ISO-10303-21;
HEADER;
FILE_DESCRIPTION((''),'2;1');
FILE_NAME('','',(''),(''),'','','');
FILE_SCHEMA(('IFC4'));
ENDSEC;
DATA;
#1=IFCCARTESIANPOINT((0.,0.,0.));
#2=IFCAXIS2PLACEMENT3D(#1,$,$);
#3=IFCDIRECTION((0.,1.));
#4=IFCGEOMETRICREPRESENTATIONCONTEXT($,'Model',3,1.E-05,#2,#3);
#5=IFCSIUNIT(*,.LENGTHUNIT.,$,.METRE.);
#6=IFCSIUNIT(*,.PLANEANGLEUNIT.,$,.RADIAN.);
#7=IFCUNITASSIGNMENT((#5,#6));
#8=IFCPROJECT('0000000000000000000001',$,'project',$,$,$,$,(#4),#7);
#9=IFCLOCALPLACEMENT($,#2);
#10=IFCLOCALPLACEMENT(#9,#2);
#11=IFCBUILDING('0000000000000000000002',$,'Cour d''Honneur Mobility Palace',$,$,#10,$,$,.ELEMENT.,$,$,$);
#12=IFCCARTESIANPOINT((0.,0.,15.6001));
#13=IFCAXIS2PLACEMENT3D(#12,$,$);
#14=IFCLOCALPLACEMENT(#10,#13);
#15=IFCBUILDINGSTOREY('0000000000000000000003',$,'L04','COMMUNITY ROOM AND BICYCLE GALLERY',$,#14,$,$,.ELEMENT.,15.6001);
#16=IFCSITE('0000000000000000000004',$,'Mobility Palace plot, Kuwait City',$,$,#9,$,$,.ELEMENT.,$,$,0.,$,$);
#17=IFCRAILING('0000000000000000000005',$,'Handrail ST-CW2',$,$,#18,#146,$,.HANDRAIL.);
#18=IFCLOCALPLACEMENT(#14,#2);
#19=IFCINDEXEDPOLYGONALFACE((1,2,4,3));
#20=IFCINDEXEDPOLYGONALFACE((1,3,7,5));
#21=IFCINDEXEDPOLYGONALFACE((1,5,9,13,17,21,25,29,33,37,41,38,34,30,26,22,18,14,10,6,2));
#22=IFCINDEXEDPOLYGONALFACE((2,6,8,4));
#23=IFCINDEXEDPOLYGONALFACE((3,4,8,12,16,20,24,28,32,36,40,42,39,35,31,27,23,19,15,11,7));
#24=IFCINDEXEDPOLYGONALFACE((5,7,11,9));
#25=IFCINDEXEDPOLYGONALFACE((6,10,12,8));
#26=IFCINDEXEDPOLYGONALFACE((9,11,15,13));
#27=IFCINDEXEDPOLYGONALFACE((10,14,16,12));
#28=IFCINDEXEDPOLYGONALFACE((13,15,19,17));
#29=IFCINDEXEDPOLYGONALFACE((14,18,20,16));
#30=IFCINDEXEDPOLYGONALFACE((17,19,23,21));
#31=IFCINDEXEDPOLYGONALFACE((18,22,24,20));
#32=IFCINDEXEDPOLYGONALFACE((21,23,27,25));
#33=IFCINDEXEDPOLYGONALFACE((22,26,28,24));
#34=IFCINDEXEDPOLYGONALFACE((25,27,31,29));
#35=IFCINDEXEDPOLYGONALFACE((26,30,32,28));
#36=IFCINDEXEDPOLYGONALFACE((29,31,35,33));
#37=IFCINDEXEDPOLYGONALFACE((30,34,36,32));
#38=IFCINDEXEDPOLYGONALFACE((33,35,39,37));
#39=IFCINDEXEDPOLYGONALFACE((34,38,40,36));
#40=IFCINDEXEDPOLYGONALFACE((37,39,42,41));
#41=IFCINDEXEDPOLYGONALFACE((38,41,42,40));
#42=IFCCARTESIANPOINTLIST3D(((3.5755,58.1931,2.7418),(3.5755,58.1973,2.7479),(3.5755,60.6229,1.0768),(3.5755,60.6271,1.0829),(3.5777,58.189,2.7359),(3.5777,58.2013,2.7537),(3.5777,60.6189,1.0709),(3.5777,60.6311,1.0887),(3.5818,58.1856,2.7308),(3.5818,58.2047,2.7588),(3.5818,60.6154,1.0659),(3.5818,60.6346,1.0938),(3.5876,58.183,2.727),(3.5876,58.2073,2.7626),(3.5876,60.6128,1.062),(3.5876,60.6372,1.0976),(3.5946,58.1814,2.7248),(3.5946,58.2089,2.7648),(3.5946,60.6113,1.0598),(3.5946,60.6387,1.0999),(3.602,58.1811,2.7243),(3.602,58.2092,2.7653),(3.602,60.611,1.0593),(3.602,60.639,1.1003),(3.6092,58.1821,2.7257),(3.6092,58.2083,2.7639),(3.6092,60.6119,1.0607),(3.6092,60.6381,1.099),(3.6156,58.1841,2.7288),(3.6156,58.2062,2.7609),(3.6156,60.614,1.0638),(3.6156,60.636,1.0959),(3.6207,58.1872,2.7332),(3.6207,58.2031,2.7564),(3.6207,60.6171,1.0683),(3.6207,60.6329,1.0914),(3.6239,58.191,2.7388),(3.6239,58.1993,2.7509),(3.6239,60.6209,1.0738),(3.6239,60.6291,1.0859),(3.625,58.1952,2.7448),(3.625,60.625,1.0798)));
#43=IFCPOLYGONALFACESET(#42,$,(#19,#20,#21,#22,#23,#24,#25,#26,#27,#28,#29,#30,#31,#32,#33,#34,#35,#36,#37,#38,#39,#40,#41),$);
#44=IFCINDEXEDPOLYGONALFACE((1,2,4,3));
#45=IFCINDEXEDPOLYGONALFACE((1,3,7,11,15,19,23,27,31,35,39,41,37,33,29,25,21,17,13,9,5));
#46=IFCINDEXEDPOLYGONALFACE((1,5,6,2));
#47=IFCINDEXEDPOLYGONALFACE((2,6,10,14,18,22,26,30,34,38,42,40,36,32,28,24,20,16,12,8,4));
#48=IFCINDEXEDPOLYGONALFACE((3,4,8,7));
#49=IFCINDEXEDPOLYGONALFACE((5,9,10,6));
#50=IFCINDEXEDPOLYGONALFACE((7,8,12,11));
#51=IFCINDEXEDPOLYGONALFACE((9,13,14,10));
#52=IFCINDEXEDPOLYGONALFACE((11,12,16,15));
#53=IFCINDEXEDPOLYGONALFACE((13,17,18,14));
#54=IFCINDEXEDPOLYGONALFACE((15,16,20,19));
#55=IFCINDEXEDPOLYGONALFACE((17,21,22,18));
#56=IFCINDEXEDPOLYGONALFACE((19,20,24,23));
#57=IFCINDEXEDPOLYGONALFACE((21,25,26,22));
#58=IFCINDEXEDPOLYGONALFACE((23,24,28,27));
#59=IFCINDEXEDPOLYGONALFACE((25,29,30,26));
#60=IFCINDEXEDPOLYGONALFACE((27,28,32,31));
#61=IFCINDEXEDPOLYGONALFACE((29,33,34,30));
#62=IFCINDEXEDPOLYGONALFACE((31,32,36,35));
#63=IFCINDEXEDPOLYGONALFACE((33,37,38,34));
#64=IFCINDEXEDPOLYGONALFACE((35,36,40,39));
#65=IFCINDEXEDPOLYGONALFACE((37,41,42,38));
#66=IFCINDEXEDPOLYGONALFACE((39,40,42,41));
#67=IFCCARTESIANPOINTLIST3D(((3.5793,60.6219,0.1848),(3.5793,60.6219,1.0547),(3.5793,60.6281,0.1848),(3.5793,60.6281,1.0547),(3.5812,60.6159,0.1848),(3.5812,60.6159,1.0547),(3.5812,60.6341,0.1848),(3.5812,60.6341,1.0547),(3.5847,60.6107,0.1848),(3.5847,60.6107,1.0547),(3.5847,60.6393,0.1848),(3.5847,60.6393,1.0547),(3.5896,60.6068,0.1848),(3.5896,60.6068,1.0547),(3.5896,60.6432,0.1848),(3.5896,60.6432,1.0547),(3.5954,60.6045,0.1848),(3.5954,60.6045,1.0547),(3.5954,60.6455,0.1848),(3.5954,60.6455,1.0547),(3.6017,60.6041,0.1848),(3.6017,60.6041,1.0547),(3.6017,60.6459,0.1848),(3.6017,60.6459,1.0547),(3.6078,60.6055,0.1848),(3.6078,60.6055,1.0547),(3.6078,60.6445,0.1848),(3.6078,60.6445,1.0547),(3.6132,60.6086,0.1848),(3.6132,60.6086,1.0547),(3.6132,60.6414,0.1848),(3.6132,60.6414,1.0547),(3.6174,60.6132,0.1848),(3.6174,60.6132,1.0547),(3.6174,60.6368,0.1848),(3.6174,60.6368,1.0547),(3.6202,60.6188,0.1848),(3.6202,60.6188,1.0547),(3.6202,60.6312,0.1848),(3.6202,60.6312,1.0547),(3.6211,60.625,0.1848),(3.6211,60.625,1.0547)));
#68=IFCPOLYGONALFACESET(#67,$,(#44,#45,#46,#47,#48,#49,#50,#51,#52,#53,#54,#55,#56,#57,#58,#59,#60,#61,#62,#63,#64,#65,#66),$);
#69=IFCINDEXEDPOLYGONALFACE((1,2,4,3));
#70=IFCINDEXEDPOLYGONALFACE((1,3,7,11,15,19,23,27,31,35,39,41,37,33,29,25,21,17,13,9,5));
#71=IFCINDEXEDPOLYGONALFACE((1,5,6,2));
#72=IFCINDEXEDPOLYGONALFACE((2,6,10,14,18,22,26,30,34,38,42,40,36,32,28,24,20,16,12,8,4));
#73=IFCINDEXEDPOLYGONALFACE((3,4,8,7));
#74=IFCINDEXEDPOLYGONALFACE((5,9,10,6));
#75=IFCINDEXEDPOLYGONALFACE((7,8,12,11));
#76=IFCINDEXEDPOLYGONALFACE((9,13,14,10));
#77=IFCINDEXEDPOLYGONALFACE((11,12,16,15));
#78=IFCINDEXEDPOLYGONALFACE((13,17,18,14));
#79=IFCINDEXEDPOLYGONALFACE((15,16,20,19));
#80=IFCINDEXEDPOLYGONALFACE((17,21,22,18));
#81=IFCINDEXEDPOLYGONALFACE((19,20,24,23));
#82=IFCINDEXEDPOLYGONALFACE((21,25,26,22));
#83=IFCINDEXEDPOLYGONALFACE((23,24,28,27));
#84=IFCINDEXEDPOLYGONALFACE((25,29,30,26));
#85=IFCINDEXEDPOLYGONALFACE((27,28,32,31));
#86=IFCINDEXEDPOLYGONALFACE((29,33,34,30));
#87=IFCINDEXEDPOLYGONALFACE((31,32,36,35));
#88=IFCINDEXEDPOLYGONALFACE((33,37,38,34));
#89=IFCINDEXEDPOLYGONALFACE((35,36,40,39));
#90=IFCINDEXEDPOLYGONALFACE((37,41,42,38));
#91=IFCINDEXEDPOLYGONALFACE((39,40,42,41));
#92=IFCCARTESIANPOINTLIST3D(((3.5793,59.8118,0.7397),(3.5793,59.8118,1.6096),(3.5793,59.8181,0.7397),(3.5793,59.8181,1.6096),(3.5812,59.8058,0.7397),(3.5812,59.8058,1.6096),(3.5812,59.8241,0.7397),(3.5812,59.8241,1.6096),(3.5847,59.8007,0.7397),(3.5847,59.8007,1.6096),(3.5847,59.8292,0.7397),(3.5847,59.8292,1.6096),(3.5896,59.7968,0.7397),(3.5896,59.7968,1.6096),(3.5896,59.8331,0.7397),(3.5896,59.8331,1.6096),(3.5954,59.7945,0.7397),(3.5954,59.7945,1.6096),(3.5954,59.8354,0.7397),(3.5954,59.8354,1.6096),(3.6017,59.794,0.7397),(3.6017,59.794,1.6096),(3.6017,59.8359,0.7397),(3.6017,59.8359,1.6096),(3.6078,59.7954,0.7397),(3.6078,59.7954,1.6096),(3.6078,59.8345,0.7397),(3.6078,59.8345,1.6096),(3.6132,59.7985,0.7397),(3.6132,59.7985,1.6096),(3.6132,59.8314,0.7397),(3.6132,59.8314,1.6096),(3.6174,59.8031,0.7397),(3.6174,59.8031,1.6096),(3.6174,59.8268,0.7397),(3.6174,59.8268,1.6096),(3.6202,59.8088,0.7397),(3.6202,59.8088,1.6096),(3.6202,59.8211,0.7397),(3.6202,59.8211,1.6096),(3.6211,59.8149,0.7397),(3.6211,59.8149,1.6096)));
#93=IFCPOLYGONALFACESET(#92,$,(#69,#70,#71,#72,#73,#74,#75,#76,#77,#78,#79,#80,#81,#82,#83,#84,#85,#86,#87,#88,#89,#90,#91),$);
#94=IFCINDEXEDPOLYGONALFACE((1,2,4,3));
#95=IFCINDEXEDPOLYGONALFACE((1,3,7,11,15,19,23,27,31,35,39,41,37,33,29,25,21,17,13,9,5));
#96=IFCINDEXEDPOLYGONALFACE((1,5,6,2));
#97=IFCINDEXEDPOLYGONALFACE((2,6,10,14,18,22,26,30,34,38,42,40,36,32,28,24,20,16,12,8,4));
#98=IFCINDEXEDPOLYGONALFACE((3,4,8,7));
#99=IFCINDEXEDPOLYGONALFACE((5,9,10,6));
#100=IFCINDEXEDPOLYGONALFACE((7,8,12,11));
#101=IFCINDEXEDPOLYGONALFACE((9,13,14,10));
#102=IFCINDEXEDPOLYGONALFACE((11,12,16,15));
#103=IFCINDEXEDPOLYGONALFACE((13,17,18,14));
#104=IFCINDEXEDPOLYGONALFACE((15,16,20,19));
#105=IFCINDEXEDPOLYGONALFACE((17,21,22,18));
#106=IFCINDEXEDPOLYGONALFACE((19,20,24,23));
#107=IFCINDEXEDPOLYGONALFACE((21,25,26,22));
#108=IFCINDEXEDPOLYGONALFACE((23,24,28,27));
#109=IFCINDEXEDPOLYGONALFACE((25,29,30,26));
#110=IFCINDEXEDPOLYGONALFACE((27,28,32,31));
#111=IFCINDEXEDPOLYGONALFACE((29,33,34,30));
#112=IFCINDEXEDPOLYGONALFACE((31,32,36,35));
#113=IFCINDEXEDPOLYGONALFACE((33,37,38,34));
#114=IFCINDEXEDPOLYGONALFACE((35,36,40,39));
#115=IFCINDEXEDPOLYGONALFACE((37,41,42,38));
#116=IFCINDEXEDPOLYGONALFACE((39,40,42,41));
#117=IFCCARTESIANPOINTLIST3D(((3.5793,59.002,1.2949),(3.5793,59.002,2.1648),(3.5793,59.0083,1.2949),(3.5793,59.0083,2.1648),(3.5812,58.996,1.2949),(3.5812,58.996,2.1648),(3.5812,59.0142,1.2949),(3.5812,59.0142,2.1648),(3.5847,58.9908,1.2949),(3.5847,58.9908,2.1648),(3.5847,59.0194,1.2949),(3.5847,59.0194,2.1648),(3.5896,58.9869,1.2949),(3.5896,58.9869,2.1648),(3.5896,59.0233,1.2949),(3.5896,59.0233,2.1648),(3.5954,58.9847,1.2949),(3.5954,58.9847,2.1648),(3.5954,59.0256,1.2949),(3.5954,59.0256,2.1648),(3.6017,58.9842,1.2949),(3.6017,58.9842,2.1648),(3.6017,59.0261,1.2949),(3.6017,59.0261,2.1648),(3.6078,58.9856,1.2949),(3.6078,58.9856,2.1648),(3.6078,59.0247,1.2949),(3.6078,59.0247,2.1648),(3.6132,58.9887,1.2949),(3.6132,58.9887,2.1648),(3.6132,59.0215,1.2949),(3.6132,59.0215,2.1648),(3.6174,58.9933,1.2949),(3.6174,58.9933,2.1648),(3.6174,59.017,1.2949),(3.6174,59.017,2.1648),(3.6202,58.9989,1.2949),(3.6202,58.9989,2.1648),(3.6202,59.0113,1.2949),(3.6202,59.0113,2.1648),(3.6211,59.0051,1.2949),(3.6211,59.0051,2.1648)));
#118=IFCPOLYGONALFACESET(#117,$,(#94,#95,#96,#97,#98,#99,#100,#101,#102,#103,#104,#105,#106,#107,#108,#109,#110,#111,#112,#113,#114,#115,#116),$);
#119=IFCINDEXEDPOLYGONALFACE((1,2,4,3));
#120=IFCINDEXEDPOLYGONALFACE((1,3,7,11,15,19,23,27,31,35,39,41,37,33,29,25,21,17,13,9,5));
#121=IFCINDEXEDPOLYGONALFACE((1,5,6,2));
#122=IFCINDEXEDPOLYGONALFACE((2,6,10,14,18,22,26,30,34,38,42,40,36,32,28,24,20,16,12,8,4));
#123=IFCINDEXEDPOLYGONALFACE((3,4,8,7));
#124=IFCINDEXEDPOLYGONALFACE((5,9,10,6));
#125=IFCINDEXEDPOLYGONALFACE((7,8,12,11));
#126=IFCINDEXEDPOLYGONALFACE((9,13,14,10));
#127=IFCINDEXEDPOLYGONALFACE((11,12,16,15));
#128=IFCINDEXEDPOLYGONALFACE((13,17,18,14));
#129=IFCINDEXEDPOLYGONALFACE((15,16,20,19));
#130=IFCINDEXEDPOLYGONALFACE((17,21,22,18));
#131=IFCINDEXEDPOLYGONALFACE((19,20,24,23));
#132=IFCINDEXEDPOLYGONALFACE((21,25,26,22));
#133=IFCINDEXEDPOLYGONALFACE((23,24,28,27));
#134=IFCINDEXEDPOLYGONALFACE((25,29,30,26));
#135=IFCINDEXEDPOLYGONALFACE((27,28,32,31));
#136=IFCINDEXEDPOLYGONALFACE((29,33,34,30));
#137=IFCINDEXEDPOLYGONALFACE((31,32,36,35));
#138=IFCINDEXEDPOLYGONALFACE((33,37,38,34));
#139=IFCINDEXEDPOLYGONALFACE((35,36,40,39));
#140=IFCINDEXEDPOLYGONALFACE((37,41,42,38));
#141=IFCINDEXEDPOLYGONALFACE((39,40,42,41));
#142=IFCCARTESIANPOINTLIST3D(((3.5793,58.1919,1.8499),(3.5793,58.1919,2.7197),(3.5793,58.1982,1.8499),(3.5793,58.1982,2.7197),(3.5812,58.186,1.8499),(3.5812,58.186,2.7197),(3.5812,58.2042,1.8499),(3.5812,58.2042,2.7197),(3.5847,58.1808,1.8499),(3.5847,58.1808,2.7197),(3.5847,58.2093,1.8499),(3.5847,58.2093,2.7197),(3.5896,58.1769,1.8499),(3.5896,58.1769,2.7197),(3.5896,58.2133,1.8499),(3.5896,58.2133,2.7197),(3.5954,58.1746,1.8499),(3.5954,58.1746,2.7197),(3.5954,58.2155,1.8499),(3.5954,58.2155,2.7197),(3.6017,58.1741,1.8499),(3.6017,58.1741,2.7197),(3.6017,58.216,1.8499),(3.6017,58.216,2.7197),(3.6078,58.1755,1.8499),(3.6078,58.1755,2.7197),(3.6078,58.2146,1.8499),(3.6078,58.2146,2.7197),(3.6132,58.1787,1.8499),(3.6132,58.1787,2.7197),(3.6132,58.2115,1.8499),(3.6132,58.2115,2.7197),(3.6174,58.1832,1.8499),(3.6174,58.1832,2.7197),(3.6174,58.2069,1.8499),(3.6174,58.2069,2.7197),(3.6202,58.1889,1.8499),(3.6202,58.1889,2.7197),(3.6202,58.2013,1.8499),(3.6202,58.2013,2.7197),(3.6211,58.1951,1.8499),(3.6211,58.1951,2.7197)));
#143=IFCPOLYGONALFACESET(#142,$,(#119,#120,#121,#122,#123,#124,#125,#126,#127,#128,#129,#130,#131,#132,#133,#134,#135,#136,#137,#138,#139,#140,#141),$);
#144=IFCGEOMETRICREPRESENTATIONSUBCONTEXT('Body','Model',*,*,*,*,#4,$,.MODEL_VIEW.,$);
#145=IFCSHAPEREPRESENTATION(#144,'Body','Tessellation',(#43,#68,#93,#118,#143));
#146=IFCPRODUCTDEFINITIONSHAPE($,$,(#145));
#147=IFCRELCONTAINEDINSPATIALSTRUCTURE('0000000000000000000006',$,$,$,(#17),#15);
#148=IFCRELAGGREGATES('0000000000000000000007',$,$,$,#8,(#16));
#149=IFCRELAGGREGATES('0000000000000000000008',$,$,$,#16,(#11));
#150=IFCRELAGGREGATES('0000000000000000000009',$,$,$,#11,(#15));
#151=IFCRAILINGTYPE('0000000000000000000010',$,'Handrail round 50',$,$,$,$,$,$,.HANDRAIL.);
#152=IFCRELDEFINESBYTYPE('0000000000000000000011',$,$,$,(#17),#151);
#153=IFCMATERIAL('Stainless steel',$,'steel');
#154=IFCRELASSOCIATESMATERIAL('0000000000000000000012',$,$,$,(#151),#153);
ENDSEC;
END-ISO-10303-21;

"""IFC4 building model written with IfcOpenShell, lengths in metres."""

from ifc_helpers import new_model, si_unit, direction, frame, origin, origin_2d, place, context, subcontext, project, spatial, circle, extrude, material, type_object, element, save


model = new_model("IFC4")

# Units and contexts
model_context = context("Model", 3, precision=1e-05, world=origin(), true_north=direction((0.0, 1.0)))
body_context = subcontext(model_context, "Body", "Model", "MODEL_VIEW")
ifc_project = project(units=[si_unit("LENGTHUNIT", "METRE"), si_unit("PLANEANGLEUNIT", "RADIAN")], contexts=[model_context])

# Site, building, storey
site_placement = place(None, origin())
site = spatial("IfcSite", under=ifc_project, at=site_placement, Name="Mobility Palace plot, Kuwait City", CompositionType="ELEMENT", RefElevation=0.0)
building_placement = place(site_placement, origin())
building = spatial("IfcBuilding", under=site, at=building_placement, Name="Cour d'Honneur Mobility Palace", CompositionType="ELEMENT")
storey_placement = place(building_placement, frame((0.0, 0.0, 15.6001)))
storey = spatial("IfcBuildingStorey", under=building, at=storey_placement, Name="L04", Description="COMMUNITY ROOM AND BICYCLE GALLERY", CompositionType="ELEMENT", Elevation=15.6001)

# Railing
ifc_material_1 = material(Name="Stainless steel", Category="steel")
railing_type_1 = type_object("IfcRailingType", Name="Handrail round 50", PredefinedType="HANDRAIL", material=ifc_material_1)
railing_1_placement = place(storey_placement, frame((3.6001, 60.625, 0.1848)))
element("IfcRailing", 1, at=railing_1_placement, inside=storey, type_object=railing_type_1, Name="Handrail ST-CW2", PredefinedType="HANDRAIL", context=body_context, shape_type="SweptSolid", body=[
    extrude(circle(Radius=0.0249, at=origin_2d()), frame((0.0, 0.0, 0.895), z_axis=(0.0, -0.824919, 0.565251), x_axis=(1.0, 0.0, 0.0)), (0.0, 0.0, 1.0), 2.9456),
    extrude(circle(Radius=0.021, at=origin_2d()), origin(), (0.0, 0.0, 1.0), 0.8699),
    extrude(circle(Radius=0.021, at=origin_2d()), frame((0.0, -0.8101, 0.5549)), (0.0, 0.0, 1.0), 0.8699),
    extrude(circle(Radius=0.021, at=origin_2d()), frame((0.0, -1.6199, 1.1101)), (0.0, 0.0, 1.0), 0.8699),
    extrude(circle(Radius=0.021, at=origin_2d()), frame((0.0, -2.4299, 1.665)), (0.0, 0.0, 1.0), 0.8699),
])

save(model, "model.ifc")
